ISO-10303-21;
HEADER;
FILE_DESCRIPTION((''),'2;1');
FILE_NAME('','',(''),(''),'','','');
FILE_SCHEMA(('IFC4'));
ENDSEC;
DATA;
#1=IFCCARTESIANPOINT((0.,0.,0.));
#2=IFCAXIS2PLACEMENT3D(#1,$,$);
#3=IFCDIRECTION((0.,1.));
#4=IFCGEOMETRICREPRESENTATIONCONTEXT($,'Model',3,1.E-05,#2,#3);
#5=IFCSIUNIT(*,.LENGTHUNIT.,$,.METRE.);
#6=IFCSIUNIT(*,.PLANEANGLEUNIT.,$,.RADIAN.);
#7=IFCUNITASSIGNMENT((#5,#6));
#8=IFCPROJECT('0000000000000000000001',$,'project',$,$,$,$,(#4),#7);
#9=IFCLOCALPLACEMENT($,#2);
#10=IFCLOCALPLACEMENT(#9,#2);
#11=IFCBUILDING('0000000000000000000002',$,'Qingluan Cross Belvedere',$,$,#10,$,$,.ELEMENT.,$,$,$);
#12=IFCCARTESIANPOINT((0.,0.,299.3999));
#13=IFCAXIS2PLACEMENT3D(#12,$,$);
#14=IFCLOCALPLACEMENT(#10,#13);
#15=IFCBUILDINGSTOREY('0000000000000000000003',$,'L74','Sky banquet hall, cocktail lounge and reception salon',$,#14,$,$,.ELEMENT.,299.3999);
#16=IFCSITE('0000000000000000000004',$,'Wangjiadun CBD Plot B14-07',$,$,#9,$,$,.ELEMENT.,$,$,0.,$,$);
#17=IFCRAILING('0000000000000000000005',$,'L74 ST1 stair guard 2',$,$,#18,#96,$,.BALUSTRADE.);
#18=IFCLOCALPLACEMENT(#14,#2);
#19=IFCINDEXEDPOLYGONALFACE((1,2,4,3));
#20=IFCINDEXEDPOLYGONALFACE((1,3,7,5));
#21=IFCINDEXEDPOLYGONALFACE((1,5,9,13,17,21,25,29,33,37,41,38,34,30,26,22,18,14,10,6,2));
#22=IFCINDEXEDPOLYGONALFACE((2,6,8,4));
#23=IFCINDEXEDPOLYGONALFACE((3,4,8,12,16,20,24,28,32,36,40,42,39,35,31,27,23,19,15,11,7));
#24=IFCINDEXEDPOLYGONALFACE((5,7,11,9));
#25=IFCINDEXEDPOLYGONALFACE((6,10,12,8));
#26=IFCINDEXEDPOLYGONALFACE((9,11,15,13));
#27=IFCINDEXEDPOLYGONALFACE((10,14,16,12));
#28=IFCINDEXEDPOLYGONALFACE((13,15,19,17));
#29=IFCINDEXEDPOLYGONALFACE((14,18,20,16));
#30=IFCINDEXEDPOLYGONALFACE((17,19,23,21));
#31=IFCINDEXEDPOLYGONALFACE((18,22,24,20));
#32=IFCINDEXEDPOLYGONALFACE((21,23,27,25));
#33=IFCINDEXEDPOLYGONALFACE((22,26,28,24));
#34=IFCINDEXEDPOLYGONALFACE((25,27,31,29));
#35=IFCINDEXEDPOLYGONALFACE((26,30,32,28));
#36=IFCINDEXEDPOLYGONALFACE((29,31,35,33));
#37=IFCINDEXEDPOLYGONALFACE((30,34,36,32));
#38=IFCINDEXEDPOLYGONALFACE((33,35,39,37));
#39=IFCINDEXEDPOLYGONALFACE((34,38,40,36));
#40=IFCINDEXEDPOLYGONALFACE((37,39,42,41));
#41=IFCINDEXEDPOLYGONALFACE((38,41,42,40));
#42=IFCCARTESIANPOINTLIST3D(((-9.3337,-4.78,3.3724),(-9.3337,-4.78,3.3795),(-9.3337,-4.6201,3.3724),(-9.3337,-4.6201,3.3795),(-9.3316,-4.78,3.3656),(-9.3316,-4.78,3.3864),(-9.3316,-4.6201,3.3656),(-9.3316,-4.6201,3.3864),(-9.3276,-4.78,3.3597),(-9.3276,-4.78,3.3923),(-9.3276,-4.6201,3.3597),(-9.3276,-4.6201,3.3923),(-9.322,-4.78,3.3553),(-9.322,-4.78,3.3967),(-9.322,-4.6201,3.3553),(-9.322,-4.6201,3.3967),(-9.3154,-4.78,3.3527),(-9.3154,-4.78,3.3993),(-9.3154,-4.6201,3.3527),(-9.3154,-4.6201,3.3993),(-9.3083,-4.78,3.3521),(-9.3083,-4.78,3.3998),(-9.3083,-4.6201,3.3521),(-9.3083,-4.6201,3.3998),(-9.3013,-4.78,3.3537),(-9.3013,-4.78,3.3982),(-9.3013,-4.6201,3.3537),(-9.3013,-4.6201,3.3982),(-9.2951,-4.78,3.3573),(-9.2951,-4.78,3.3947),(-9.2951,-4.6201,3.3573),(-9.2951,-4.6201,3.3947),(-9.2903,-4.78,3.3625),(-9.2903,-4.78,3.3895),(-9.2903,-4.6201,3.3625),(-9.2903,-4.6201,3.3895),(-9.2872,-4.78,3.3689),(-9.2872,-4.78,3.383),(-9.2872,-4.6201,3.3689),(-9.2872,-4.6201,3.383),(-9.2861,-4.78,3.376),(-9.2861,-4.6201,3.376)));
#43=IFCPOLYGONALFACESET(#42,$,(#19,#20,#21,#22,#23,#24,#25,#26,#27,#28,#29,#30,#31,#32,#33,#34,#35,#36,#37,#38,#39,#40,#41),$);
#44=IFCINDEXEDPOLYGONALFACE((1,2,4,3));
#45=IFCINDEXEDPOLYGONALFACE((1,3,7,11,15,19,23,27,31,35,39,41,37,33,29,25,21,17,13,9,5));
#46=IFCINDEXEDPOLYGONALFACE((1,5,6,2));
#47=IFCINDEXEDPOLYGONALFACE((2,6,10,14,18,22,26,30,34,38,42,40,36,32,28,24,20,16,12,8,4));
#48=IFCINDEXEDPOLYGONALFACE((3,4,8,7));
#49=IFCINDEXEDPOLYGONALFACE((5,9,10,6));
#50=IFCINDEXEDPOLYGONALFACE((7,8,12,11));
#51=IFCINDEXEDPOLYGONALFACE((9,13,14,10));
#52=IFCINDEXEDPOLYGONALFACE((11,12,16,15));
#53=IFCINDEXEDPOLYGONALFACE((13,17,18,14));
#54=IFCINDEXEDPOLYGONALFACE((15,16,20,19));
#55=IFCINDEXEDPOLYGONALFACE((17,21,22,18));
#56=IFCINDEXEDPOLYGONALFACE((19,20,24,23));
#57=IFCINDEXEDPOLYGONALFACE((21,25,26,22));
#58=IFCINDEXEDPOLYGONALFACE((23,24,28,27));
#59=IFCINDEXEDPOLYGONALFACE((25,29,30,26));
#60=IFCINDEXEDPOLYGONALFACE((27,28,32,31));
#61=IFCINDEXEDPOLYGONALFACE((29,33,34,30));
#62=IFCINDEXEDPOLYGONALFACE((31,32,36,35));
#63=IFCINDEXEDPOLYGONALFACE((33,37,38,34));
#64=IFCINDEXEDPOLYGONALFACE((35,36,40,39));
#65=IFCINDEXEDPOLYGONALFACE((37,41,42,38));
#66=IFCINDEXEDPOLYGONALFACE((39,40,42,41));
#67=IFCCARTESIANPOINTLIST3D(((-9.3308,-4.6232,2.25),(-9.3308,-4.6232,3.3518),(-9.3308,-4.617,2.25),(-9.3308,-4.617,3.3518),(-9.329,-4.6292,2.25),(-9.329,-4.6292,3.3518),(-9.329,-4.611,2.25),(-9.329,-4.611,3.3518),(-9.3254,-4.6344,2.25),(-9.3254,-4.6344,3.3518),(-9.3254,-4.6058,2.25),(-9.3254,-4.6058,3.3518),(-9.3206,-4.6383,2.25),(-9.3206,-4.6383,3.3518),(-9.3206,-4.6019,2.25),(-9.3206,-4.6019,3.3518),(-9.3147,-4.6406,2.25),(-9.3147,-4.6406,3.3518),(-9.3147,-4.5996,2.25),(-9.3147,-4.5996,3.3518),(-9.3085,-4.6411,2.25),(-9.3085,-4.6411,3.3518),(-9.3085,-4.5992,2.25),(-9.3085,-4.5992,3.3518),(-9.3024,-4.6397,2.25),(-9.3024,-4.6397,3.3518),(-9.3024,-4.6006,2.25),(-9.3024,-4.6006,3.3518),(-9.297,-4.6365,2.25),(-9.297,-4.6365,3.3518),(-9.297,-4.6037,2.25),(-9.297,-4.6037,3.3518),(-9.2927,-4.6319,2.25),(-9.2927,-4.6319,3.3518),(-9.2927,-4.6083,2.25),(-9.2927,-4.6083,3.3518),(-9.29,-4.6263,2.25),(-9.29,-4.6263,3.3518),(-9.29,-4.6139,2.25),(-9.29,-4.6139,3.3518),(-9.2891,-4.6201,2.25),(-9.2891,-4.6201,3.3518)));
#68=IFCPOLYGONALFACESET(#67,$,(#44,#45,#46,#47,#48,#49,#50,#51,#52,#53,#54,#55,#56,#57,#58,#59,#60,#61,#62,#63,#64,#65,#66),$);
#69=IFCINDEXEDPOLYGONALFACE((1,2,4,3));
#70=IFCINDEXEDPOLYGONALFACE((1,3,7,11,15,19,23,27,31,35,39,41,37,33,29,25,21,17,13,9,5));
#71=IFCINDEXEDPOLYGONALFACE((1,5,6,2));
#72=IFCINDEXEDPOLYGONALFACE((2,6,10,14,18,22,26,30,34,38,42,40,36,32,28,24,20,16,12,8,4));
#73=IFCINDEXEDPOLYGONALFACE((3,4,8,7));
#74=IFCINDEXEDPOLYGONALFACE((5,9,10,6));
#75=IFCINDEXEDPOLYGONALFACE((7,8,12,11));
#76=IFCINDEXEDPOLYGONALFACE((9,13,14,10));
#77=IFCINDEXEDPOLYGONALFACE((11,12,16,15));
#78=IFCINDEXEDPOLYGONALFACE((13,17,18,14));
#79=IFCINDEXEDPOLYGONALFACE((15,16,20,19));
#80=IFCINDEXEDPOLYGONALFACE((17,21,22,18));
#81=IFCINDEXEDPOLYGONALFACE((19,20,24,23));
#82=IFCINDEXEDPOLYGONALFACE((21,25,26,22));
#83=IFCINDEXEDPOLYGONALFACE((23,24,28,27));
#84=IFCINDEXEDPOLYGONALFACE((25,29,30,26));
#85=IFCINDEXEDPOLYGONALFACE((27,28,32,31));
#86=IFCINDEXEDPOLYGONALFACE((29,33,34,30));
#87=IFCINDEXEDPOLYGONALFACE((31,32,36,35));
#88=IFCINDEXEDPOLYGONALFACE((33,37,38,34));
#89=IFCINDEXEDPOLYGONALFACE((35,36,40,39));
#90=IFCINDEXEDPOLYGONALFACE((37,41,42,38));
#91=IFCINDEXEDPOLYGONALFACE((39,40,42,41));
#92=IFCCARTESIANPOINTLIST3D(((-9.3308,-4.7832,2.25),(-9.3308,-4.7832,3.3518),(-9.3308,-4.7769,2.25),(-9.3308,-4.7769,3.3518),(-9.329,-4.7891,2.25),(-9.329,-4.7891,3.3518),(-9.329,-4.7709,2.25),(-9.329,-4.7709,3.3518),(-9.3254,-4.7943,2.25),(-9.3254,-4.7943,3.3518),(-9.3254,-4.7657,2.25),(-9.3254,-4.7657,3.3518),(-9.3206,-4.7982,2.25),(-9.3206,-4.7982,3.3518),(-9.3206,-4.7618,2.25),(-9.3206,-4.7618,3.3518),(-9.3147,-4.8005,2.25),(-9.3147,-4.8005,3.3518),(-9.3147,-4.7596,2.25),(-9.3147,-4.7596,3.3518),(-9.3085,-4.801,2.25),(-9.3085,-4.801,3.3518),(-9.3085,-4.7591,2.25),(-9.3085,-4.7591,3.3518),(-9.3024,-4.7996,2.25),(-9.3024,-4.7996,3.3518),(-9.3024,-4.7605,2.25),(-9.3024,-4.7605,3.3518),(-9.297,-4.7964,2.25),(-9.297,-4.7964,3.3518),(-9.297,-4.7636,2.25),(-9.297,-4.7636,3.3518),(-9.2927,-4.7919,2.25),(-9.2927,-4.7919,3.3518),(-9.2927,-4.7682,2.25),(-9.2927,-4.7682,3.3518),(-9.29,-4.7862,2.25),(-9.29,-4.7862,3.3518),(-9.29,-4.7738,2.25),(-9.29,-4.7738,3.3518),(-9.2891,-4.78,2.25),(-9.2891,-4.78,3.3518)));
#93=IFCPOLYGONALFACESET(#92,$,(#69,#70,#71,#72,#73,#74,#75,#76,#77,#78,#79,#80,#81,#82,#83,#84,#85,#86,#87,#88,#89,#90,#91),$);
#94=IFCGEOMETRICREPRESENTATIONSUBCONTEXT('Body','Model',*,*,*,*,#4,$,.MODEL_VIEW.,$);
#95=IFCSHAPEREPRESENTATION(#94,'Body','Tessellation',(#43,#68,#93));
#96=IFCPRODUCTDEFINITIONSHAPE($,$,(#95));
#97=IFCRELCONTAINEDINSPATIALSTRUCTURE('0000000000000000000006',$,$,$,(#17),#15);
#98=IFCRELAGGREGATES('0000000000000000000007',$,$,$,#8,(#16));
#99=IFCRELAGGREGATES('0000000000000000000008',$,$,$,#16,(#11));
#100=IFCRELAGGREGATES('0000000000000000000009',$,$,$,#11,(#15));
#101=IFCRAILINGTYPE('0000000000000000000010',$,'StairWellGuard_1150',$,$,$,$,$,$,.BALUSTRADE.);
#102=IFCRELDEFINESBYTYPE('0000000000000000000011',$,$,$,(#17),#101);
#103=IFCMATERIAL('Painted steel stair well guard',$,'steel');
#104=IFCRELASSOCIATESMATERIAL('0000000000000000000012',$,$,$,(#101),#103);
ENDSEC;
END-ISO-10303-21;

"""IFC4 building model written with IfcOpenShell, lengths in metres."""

from ifc_helpers import new_model, si_unit, direction, frame, origin, origin_2d, place, context, subcontext, project, spatial, circle, extrude, material, type_object, element, save


model = new_model("IFC4")

# Units and contexts
model_context = context("Model", 3, precision=1e-05, world=origin(), true_north=direction((0.0, 1.0)))
body_context = subcontext(model_context, "Body", "Model", "MODEL_VIEW")
ifc_project = project(units=[si_unit("LENGTHUNIT", "METRE"), si_unit("PLANEANGLEUNIT", "RADIAN")], contexts=[model_context])

# Site, building, storey
site_placement = place(None, origin())
site = spatial("IfcSite", under=ifc_project, at=site_placement, Name="Wangjiadun CBD Plot B14-07", CompositionType="ELEMENT", RefElevation=0.0)
building_placement = place(site_placement, origin())
building = spatial("IfcBuilding", under=site, at=building_placement, Name="Qingluan Cross Belvedere", CompositionType="ELEMENT")
storey_placement = place(building_placement, frame((0.0, 0.0, 299.3999)))
storey = spatial("IfcBuildingStorey", under=building, at=storey_placement, Name="L74", Description="Sky banquet hall, cocktail lounge and reception salon", CompositionType="ELEMENT", Elevation=299.3999)

# Railing
ifc_material_1 = material(Name="Painted steel stair well guard", Category="steel")
railing_type_1 = type_object("IfcRailingType", Name="StairWellGuard_1150", PredefinedType="BALUSTRADE", material=ifc_material_1)
railing_1_placement = place(storey_placement, frame((-9.3101, -4.6201, 2.25)))
element("IfcRailing", 1, at=railing_1_placement, inside=storey, type_object=railing_type_1, Name="L74 ST1 stair guard 2", PredefinedType="BALUSTRADE", context=body_context, shape_type="SweptSolid", body=[
    extrude(circle(Radius=0.0239, at=origin_2d()), frame((0.0, 0.0, 1.126), z_axis=(0.0, -1.0, 0.0), x_axis=(1.0, 0.0, 0.0)), (0.0, 0.0, 1.0), 0.1599),
    extrude(circle(Radius=0.021, at=origin_2d()), origin(), (0.0, 0.0, 1.0), 1.1018),
    extrude(circle(Radius=0.021, at=origin_2d()), frame((0.0, -0.1599, 0.0)), (0.0, 0.0, 1.0), 1.1018),
])

save(model, "model.ifc")
